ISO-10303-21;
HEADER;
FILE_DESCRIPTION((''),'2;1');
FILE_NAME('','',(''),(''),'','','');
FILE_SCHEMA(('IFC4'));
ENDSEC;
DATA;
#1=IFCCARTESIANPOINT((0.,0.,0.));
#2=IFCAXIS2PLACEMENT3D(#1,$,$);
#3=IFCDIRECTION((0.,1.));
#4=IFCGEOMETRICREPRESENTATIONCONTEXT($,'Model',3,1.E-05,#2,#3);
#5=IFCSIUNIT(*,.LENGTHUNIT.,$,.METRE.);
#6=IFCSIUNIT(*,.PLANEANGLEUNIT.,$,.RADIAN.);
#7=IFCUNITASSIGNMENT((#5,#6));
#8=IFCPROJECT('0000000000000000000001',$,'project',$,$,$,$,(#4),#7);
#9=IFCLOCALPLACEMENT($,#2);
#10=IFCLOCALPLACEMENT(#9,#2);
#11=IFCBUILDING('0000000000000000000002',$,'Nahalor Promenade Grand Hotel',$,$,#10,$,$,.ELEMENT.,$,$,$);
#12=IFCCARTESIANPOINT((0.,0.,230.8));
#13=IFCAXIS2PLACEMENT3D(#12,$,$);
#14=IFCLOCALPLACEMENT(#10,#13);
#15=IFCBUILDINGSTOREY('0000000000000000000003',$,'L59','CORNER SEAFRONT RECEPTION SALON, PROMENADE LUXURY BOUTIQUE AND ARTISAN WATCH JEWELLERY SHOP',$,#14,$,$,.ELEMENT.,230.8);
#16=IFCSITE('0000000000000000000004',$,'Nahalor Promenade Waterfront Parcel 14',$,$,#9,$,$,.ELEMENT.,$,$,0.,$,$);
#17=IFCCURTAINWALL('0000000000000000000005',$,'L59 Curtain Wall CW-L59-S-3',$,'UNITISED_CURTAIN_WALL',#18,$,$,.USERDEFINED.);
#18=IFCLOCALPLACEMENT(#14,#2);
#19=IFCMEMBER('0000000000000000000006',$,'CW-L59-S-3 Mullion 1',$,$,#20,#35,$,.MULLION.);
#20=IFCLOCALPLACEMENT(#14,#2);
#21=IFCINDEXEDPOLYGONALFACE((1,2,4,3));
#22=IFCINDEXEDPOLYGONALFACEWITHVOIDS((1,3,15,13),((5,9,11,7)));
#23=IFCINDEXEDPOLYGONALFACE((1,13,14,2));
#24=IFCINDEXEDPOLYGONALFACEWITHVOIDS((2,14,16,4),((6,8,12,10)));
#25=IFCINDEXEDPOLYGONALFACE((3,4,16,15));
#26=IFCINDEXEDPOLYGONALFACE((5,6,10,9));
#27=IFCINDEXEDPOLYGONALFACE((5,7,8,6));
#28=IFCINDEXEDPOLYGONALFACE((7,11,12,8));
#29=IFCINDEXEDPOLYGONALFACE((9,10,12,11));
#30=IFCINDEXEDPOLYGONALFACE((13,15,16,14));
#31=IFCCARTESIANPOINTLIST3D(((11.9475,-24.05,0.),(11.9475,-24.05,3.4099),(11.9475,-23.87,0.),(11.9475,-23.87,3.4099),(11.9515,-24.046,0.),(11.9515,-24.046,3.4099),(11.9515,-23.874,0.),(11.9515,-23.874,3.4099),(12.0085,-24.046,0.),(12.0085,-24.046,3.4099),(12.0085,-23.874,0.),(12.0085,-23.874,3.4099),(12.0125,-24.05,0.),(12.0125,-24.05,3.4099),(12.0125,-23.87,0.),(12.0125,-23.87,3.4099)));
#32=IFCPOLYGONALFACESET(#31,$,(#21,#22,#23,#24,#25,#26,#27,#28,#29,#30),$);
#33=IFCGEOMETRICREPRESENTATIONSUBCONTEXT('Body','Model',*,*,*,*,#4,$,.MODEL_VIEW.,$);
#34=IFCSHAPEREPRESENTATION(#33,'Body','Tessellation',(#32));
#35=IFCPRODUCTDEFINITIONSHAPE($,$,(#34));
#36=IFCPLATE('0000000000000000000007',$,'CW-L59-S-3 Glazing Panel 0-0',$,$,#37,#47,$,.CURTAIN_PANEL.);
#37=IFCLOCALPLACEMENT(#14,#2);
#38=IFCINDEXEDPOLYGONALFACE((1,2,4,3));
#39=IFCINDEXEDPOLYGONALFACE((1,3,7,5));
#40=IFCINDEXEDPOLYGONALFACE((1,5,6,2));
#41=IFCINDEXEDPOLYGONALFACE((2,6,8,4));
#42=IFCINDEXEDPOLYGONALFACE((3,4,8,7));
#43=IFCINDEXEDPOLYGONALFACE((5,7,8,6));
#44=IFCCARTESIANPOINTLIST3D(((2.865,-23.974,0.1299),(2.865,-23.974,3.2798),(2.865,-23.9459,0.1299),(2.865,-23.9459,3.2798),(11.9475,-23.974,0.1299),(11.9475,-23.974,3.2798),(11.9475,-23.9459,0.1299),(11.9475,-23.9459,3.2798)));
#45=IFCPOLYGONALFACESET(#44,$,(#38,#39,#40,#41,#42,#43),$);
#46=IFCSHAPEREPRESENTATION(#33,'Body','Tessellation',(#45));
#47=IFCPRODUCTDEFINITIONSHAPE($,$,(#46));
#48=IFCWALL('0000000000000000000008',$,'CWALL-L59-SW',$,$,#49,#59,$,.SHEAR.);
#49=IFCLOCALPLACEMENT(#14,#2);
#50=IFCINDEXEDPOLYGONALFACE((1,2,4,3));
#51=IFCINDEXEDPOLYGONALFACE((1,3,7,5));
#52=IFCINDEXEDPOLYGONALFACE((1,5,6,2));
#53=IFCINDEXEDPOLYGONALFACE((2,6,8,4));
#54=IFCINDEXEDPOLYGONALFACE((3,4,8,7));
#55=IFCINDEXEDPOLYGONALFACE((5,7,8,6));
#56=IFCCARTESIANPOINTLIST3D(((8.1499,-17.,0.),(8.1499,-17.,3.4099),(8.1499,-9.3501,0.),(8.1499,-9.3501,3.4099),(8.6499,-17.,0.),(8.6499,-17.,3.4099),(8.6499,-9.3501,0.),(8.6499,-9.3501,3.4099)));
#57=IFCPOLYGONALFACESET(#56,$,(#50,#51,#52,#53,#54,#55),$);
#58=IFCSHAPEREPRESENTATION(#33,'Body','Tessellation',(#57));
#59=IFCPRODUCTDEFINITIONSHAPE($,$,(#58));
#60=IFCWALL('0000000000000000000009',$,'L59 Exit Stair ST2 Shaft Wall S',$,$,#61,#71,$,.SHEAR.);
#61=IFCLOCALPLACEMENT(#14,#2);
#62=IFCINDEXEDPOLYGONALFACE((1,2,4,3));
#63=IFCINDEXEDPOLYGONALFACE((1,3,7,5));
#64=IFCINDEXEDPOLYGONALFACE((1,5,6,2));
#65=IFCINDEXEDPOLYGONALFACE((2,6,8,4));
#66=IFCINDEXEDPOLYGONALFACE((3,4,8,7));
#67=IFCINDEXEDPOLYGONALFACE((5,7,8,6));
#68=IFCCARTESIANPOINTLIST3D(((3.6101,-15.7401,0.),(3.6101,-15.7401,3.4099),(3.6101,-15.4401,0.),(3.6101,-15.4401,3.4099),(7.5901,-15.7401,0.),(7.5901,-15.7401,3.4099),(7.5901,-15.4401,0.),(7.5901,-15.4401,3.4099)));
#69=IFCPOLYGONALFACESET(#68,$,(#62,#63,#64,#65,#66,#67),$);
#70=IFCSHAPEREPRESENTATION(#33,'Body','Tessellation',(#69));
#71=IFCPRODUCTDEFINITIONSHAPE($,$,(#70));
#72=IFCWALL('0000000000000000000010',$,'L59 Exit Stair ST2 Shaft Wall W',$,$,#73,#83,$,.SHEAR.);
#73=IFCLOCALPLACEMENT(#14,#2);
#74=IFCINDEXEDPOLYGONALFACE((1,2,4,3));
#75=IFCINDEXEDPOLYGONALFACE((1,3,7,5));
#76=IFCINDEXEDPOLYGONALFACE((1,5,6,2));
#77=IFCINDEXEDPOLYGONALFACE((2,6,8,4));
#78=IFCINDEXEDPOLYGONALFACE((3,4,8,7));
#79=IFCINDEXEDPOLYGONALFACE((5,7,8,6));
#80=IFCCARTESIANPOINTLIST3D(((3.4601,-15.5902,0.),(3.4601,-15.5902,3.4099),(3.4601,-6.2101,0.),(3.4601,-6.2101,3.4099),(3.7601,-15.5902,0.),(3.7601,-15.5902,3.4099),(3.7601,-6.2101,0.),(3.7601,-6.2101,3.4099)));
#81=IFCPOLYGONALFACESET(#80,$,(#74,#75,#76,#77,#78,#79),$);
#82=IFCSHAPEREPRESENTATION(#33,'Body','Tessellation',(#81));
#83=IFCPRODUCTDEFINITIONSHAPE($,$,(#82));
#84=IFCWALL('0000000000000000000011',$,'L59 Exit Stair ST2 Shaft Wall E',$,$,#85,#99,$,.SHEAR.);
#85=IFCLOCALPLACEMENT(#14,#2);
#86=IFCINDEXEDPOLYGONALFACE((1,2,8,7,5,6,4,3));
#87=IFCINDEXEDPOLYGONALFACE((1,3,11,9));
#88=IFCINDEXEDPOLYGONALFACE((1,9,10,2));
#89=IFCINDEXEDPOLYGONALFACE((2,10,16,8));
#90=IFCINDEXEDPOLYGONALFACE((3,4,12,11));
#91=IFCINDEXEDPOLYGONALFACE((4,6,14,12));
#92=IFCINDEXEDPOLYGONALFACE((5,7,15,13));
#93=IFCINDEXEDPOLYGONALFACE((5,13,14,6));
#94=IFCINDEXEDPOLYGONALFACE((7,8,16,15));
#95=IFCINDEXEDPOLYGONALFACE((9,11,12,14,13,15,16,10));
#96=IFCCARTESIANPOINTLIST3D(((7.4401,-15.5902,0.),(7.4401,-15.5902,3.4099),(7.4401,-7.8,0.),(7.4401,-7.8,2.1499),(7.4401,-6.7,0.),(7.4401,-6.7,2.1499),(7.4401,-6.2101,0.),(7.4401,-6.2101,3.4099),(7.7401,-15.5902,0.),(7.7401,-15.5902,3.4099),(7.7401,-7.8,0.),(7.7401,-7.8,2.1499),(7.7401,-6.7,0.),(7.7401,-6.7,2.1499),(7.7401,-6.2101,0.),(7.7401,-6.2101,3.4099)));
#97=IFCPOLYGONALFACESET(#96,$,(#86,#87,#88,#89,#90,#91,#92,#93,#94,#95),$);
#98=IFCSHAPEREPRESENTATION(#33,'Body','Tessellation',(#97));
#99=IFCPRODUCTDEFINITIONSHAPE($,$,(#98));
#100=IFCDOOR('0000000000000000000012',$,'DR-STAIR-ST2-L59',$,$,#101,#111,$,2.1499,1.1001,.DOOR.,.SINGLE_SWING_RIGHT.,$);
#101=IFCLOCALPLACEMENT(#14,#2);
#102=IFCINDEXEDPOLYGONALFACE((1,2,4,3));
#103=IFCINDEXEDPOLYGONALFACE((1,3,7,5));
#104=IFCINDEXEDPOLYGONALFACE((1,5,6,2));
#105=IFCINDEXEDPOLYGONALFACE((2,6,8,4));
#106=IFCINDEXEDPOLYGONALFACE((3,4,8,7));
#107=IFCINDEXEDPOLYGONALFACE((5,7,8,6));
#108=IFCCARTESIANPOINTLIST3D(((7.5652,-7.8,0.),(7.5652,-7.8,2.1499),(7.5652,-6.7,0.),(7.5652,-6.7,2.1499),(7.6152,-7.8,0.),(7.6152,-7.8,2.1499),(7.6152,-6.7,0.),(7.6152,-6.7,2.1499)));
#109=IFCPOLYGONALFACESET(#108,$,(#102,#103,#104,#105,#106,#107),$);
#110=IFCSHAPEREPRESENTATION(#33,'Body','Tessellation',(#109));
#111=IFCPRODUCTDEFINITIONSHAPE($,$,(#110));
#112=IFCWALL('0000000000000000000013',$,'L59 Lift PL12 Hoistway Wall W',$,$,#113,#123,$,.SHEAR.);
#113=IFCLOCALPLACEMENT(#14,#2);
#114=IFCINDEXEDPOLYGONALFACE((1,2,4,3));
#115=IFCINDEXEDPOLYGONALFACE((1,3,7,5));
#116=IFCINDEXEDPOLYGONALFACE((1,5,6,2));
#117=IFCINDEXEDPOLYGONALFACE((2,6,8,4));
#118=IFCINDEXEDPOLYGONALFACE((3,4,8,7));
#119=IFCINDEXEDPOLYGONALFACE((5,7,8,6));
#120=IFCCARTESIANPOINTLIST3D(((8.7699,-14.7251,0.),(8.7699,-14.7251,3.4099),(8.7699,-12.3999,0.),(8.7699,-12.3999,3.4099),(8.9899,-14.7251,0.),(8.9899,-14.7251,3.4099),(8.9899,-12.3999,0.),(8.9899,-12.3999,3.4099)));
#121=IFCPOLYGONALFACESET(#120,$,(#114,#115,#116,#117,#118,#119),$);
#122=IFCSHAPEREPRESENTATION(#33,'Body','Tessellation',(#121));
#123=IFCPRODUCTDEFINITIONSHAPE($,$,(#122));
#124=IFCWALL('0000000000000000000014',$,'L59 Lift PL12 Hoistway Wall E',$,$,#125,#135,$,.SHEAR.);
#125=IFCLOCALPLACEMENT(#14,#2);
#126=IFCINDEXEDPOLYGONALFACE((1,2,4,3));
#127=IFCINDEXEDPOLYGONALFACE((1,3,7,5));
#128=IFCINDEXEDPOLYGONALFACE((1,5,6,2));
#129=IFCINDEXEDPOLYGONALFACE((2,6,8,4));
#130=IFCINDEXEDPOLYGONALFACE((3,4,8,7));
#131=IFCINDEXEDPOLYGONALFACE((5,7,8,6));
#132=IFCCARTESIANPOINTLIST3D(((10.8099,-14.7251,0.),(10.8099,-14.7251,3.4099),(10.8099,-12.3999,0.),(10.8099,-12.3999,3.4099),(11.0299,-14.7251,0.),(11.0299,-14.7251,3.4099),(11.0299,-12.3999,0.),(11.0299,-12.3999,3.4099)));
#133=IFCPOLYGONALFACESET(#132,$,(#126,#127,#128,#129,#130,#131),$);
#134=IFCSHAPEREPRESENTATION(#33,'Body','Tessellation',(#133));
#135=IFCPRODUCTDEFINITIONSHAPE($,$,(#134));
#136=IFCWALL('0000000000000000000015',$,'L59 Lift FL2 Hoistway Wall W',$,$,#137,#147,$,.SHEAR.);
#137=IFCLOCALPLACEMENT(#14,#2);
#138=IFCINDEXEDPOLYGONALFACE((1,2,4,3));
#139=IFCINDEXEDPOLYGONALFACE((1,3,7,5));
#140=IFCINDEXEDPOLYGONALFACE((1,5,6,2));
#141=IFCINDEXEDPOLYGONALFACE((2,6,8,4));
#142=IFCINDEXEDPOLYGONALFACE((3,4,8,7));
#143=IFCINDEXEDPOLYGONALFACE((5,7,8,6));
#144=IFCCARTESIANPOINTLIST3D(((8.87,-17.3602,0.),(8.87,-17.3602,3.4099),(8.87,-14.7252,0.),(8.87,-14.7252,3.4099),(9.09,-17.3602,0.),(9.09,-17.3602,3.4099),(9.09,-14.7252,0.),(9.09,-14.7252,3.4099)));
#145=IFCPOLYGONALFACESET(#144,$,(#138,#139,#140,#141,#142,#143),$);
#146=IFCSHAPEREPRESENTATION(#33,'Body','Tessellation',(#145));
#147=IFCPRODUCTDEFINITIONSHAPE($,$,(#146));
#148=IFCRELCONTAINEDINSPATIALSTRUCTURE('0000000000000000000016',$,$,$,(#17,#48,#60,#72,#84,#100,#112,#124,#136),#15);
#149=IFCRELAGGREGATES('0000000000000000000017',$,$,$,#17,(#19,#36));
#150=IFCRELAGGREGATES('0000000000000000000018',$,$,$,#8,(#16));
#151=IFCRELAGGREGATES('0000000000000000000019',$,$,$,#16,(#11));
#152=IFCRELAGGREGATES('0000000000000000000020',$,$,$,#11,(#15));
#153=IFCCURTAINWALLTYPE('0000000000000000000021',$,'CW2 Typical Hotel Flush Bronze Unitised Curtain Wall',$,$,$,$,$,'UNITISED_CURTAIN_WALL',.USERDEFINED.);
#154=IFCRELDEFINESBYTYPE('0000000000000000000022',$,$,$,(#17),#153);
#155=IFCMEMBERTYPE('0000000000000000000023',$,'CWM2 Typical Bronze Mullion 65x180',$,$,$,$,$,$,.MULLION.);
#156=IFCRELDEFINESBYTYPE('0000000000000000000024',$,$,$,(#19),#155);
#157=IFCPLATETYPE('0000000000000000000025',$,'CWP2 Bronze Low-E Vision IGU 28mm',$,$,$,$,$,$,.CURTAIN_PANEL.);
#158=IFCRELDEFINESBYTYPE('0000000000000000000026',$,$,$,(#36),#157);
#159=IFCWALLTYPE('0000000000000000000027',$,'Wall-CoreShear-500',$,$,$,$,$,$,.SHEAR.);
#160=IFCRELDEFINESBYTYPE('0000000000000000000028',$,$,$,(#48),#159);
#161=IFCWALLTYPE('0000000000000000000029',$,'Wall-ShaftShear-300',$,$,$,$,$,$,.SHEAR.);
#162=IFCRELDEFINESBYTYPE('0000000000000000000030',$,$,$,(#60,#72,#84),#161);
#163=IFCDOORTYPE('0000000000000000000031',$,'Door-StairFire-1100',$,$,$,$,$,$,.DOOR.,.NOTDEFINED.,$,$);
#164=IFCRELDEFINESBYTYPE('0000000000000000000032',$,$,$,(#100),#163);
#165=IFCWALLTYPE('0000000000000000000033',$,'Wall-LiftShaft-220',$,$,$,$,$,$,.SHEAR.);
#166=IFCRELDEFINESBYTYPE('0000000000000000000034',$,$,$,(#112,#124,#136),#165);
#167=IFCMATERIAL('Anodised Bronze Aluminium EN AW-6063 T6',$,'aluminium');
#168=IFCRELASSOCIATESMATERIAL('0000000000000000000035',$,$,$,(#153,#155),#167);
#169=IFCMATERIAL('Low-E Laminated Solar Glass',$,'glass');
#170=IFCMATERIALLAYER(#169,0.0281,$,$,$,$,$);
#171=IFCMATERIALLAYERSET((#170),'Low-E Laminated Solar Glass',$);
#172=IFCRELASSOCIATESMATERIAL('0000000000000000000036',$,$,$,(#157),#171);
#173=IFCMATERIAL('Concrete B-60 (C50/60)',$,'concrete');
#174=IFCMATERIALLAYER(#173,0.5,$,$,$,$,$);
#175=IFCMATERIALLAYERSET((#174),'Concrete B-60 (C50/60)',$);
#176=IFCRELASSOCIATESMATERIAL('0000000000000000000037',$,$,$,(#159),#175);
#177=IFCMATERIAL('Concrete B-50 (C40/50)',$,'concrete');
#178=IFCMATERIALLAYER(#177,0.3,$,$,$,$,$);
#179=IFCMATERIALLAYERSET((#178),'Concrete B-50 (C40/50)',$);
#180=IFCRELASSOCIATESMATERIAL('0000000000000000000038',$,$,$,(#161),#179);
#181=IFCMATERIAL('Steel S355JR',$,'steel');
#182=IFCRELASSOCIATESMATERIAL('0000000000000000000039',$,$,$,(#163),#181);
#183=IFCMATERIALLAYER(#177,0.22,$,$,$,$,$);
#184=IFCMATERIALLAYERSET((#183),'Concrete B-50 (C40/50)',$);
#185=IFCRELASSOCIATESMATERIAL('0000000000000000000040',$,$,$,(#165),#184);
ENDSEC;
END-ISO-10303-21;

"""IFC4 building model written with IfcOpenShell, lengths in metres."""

from ifc_helpers import new_model, si_unit, direction, frame, frame_2d, origin, origin_2d, place, context, subcontext, project, spatial, rectangle, hollow_rectangle, extrude, source, transform, mapped, material, layer, layer_set, material_profile, profile_set, type_object, element, fill, aggregate, save


model = new_model("IFC4")

# Units and contexts
model_context = context("Model", 3, precision=1e-05, world=origin(), true_north=direction((0.0, 1.0)))
body_context = subcontext(model_context, "Body", "Model", "MODEL_VIEW")
ifc_project = project(units=[si_unit("LENGTHUNIT", "METRE"), si_unit("PLANEANGLEUNIT", "RADIAN")], contexts=[model_context])

# Site, building, storey
site_placement = place(None, origin())
site = spatial("IfcSite", under=ifc_project, at=site_placement, Name="Nahalor Promenade Waterfront Parcel 14", CompositionType="ELEMENT", RefElevation=0.0)
building_placement = place(site_placement, origin())
building = spatial("IfcBuilding", under=site, at=building_placement, Name="Nahalor Promenade Grand Hotel", CompositionType="ELEMENT")
storey_placement = place(building_placement, frame((0.0, 0.0, 230.8)))
storey = spatial("IfcBuildingStorey", under=building, at=storey_placement, Name="L59", Description="CORNER SEAFRONT RECEPTION SALON, PROMENADE LUXURY BOUTIQUE AND ARTISAN WATCH JEWELLERY SHOP", CompositionType="ELEMENT", Elevation=230.8)

# Shared definitions
ifc_material_1 = material(Name="Concrete B-60 (C50/60)", Category="concrete")
ifc_material_2 = material(Name="Steel S355JR", Category="steel")

# Curtain wall, member, plate
ifc_material_3 = material(Name="Anodised Bronze Aluminium EN AW-6063 T6", Category="aluminium")
curtain_wall_type = type_object("IfcCurtainWallType", Name="CW2 Typical Hotel Flush Bronze Unitised Curtain Wall", ElementType="UNITISED_CURTAIN_WALL", PredefinedType="USERDEFINED", material=ifc_material_3)
curtain_wall_placement = place(storey_placement, origin())
curtain_wall = element("IfcCurtainWall", 1, at=curtain_wall_placement, inside=storey, type_object=curtain_wall_type, Name="L59 Curtain Wall CW-L59-S-3", ObjectType="UNITISED_CURTAIN_WALL", PredefinedType="USERDEFINED")
ifc_material_profile_1 = material_profile(ifc_material_3, hollow_rectangle(XDim=0.065, YDim=0.18, WallThickness=0.004, at=origin_2d()), Name="CWM 65x180x4")
ifc_profile_set_1 = profile_set([ifc_material_profile_1], Name="Anodised Bronze Aluminium EN AW-6063 T6")
member_type_1 = type_object("IfcMemberType", Name="CWM2 Typical Bronze Mullion 65x180", PredefinedType="MULLION", material=ifc_profile_set_1)
shared_shape_1 = source(origin(), body_context, "Body", "SweptSolid", [
    extrude(hollow_rectangle(XDim=0.065, YDim=0.18, WallThickness=0.004, at=origin_2d()), origin(), (0.0, 0.0, 1.0), 3.4099),
])
member_1_placement = place(storey_placement, frame((11.98, -23.96, 0.0), z_axis=(0.0, 0.0, 1.0), x_axis=(1.0, 0.0, 0.0)))
member_1 = element("IfcMember", 2, at=member_1_placement, type_object=member_type_1, Name="CW-L59-S-3 Mullion 1", PredefinedType="MULLION", context=body_context, shape_type="MappedRepresentation", body=[
    mapped(shared_shape_1, transform((0.0, 0.0, 0.0), scale=1.0)),
])
ifc_material_4 = material(Name="Low-E Laminated Solar Glass", Category="glass")
ifc_layer_1 = layer(ifc_material_4, 0.0281)
ifc_layer_set_1 = layer_set([ifc_layer_1], Name="Low-E Laminated Solar Glass")
plate_type = type_object("IfcPlateType", Name="CWP2 Bronze Low-E Vision IGU 28mm", PredefinedType="CURTAIN_PANEL", material=ifc_layer_set_1)
shared_shape_2 = source(origin(), body_context, "Body", "SweptSolid", [
    extrude(rectangle(XDim=9.0825, YDim=0.0281, at=origin_2d()), origin(), (0.0, 0.0, 1.0), 3.1499),
])
plate_placement = place(storey_placement, frame((7.4062, -23.96, 0.1299), z_axis=(0.0, 0.0, 1.0), x_axis=(1.0, 0.0, 0.0)))
plate = element("IfcPlate", 3, at=plate_placement, type_object=plate_type, Name="CW-L59-S-3 Glazing Panel 0-0", PredefinedType="CURTAIN_PANEL", context=body_context, shape_type="MappedRepresentation", body=[
    mapped(shared_shape_2, transform((0.0, 0.0, 0.0), scale=1.0)),
])
aggregate(curtain_wall, [member_1, plate])

# Walls
ifc_layer_2 = layer(ifc_material_1, 0.5)
ifc_layer_set_2 = layer_set([ifc_layer_2], Name="Concrete B-60 (C50/60)")
wall_type_1 = type_object("IfcWallType", Name="Wall-CoreShear-500", PredefinedType="SHEAR", material=ifc_layer_set_2)
shared_shape_3 = source(origin(), body_context, "Body", "SweptSolid", [
    extrude(rectangle(XDim=7.6499, YDim=0.5, at=frame_2d((3.825, 0.0))), origin(), (0.0, 0.0, 1.0), 3.4099),
])
wall_1_placement = place(storey_placement, frame((8.3999, -17.0, 0.0), z_axis=(0.0, 0.0, 1.0), x_axis=(0.0, 1.0, 0.0)))
element("IfcWall", 4, at=wall_1_placement, inside=storey, type_object=wall_type_1, Name="CWALL-L59-SW", PredefinedType="SHEAR", context=body_context, shape_type="MappedRepresentation", body=[
    mapped(shared_shape_3, transform((0.0, 0.0, 0.0), scale=1.0)),
])
ifc_material_5 = material(Name="Concrete B-50 (C40/50)", Category="concrete")
ifc_layer_3 = layer(ifc_material_5, 0.3)
ifc_layer_set_3 = layer_set([ifc_layer_3], Name="Concrete B-50 (C40/50)")
wall_type_2 = type_object("IfcWallType", Name="Wall-ShaftShear-300", PredefinedType="SHEAR", material=ifc_layer_set_3)
shared_shape_4 = source(origin(), body_context, "Body", "SweptSolid", [
    extrude(rectangle(XDim=3.98, YDim=0.3, at=frame_2d((1.99, 0.0))), origin(), (0.0, 0.0, 1.0), 3.4099),
])
wall_2_placement = place(storey_placement, frame((3.6101, -15.5901, 0.0), z_axis=(0.0, 0.0, 1.0), x_axis=(1.0, 0.0, 0.0)))
element("IfcWall", 5, at=wall_2_placement, inside=storey, type_object=wall_type_2, Name="L59 Exit Stair ST2 Shaft Wall S", PredefinedType="SHEAR", context=body_context, shape_type="MappedRepresentation", body=[
    mapped(shared_shape_4, transform((0.0, 0.0, 0.0), scale=1.0)),
])
shared_shape_5 = source(origin(), body_context, "Body", "SweptSolid", [
    extrude(rectangle(XDim=9.3801, YDim=0.3, at=frame_2d((4.6899, 0.0))), origin(), (0.0, 0.0, 1.0), 3.4099),
])
wall_3_placement = place(storey_placement, frame((3.6101, -15.5901, 0.0), z_axis=(0.0, 0.0, 1.0), x_axis=(0.0, 1.0, 0.0)))
element("IfcWall", 6, at=wall_3_placement, inside=storey, type_object=wall_type_2, Name="L59 Exit Stair ST2 Shaft Wall W", PredefinedType="SHEAR", context=body_context, shape_type="MappedRepresentation", body=[
    mapped(shared_shape_5, transform((0.0, 0.0, 0.0), scale=1.0)),
])

# Wall, opening, door
wall_4_placement = place(storey_placement, frame((7.5901, -15.5901, 0.0), z_axis=(0.0, 0.0, 1.0), x_axis=(0.0, 1.0, 0.0)))
wall_4 = element("IfcWall", 7, at=wall_4_placement, inside=storey, type_object=wall_type_2, Name="L59 Exit Stair ST2 Shaft Wall E", PredefinedType="SHEAR", context=body_context, shape_type="MappedRepresentation", body=[
    mapped(shared_shape_5, transform((0.0, 0.0, 0.0), scale=1.0)),
])
opening_1_placement = place(wall_4_placement, frame((7.79, 0.0, 0.0)))
opening_1 = element("IfcOpeningElement", 8, at=opening_1_placement, cuts=wall_4, PredefinedType="OPENING", context=body_context, shape_type="SweptSolid", body=[
    extrude(rectangle(XDim=1.1001, YDim=2.1499, at=frame_2d((0.55, 1.075))), frame((0.0, 0.1599, 0.0), z_axis=(0.0, -1.0, 0.0), x_axis=(1.0, 0.0, 0.0)), (0.0, 0.0, 1.0), 0.3201),
])
door_type_1 = type_object("IfcDoorType", Name="Door-StairFire-1100", OperationType="NOTDEFINED", PredefinedType="DOOR", material=ifc_material_2)
shared_shape_6 = source(origin(), body_context, "Body", "SweptSolid", [
    extrude(rectangle(XDim=1.1001, YDim=2.1499, at=frame_2d((0.55, 1.075))), frame((0.0, 0.0249, 0.0), z_axis=(0.0, -1.0, 0.0), x_axis=(1.0, 0.0, 0.0)), (0.0, 0.0, 1.0), 0.05),
])
door_1_placement = place(opening_1_placement, origin())
door_1 = element("IfcDoor", 9, at=door_1_placement, inside=storey, type_object=door_type_1, Name="DR-STAIR-ST2-L59", OperationType="SINGLE_SWING_RIGHT", OverallHeight=2.1499, OverallWidth=1.1001, PredefinedType="DOOR", context=body_context, shape_type="MappedRepresentation", body=[
    mapped(shared_shape_6, transform((0.0, 0.0, 0.0), scale=1.0)),
])
fill(opening_1, door_1)

# Walls
ifc_layer_4 = layer(ifc_material_5, 0.22)
ifc_layer_set_4 = layer_set([ifc_layer_4], Name="Concrete B-50 (C40/50)")
wall_type_3 = type_object("IfcWallType", Name="Wall-LiftShaft-220", PredefinedType="SHEAR", material=ifc_layer_set_4)
shared_shape_7 = source(origin(), body_context, "Body", "SweptSolid", [
    extrude(rectangle(XDim=2.3252, YDim=0.22, at=frame_2d((1.1626, 0.0))), origin(), (0.0, 0.0, 1.0), 3.4099),
])
for number, where, z_axis, x_axis, name in (
    (10, (8.8799, -14.7251, 0.0), (0.0, 0.0, 1.0), (0.0, 1.0, 0.0), "L59 Lift PL12 Hoistway Wall W"),
    (11, (10.9199, -14.7251, 0.0), (0.0, 0.0, 1.0), (0.0, 1.0, 0.0), "L59 Lift PL12 Hoistway Wall E"),
):
    element("IfcWall", number, at=place(storey_placement, frame(where, z_axis=z_axis, x_axis=x_axis)), inside=storey, type_object=wall_type_3, Name=name, PredefinedType="SHEAR", context=body_context, shape_type="MappedRepresentation", body=[
        mapped(shared_shape_7, transform((0.0, 0.0, 0.0), scale=1.0)),
    ])
shared_shape_8 = source(origin(), body_context, "Body", "SweptSolid", [
    extrude(rectangle(XDim=2.635, YDim=0.22, at=frame_2d((1.3174, 0.0))), origin(), (0.0, 0.0, 1.0), 3.4099),
])
wall_5_placement = place(storey_placement, frame((8.98, -17.3601, 0.0), z_axis=(0.0, 0.0, 1.0), x_axis=(0.0, 1.0, 0.0)))
element("IfcWall", 12, at=wall_5_placement, inside=storey, type_object=wall_type_3, Name="L59 Lift FL2 Hoistway Wall W", PredefinedType="SHEAR", context=body_context, shape_type="MappedRepresentation", body=[
    mapped(shared_shape_8, transform((0.0, 0.0, 0.0), scale=1.0)),
])

save(model, "model.ifc")
